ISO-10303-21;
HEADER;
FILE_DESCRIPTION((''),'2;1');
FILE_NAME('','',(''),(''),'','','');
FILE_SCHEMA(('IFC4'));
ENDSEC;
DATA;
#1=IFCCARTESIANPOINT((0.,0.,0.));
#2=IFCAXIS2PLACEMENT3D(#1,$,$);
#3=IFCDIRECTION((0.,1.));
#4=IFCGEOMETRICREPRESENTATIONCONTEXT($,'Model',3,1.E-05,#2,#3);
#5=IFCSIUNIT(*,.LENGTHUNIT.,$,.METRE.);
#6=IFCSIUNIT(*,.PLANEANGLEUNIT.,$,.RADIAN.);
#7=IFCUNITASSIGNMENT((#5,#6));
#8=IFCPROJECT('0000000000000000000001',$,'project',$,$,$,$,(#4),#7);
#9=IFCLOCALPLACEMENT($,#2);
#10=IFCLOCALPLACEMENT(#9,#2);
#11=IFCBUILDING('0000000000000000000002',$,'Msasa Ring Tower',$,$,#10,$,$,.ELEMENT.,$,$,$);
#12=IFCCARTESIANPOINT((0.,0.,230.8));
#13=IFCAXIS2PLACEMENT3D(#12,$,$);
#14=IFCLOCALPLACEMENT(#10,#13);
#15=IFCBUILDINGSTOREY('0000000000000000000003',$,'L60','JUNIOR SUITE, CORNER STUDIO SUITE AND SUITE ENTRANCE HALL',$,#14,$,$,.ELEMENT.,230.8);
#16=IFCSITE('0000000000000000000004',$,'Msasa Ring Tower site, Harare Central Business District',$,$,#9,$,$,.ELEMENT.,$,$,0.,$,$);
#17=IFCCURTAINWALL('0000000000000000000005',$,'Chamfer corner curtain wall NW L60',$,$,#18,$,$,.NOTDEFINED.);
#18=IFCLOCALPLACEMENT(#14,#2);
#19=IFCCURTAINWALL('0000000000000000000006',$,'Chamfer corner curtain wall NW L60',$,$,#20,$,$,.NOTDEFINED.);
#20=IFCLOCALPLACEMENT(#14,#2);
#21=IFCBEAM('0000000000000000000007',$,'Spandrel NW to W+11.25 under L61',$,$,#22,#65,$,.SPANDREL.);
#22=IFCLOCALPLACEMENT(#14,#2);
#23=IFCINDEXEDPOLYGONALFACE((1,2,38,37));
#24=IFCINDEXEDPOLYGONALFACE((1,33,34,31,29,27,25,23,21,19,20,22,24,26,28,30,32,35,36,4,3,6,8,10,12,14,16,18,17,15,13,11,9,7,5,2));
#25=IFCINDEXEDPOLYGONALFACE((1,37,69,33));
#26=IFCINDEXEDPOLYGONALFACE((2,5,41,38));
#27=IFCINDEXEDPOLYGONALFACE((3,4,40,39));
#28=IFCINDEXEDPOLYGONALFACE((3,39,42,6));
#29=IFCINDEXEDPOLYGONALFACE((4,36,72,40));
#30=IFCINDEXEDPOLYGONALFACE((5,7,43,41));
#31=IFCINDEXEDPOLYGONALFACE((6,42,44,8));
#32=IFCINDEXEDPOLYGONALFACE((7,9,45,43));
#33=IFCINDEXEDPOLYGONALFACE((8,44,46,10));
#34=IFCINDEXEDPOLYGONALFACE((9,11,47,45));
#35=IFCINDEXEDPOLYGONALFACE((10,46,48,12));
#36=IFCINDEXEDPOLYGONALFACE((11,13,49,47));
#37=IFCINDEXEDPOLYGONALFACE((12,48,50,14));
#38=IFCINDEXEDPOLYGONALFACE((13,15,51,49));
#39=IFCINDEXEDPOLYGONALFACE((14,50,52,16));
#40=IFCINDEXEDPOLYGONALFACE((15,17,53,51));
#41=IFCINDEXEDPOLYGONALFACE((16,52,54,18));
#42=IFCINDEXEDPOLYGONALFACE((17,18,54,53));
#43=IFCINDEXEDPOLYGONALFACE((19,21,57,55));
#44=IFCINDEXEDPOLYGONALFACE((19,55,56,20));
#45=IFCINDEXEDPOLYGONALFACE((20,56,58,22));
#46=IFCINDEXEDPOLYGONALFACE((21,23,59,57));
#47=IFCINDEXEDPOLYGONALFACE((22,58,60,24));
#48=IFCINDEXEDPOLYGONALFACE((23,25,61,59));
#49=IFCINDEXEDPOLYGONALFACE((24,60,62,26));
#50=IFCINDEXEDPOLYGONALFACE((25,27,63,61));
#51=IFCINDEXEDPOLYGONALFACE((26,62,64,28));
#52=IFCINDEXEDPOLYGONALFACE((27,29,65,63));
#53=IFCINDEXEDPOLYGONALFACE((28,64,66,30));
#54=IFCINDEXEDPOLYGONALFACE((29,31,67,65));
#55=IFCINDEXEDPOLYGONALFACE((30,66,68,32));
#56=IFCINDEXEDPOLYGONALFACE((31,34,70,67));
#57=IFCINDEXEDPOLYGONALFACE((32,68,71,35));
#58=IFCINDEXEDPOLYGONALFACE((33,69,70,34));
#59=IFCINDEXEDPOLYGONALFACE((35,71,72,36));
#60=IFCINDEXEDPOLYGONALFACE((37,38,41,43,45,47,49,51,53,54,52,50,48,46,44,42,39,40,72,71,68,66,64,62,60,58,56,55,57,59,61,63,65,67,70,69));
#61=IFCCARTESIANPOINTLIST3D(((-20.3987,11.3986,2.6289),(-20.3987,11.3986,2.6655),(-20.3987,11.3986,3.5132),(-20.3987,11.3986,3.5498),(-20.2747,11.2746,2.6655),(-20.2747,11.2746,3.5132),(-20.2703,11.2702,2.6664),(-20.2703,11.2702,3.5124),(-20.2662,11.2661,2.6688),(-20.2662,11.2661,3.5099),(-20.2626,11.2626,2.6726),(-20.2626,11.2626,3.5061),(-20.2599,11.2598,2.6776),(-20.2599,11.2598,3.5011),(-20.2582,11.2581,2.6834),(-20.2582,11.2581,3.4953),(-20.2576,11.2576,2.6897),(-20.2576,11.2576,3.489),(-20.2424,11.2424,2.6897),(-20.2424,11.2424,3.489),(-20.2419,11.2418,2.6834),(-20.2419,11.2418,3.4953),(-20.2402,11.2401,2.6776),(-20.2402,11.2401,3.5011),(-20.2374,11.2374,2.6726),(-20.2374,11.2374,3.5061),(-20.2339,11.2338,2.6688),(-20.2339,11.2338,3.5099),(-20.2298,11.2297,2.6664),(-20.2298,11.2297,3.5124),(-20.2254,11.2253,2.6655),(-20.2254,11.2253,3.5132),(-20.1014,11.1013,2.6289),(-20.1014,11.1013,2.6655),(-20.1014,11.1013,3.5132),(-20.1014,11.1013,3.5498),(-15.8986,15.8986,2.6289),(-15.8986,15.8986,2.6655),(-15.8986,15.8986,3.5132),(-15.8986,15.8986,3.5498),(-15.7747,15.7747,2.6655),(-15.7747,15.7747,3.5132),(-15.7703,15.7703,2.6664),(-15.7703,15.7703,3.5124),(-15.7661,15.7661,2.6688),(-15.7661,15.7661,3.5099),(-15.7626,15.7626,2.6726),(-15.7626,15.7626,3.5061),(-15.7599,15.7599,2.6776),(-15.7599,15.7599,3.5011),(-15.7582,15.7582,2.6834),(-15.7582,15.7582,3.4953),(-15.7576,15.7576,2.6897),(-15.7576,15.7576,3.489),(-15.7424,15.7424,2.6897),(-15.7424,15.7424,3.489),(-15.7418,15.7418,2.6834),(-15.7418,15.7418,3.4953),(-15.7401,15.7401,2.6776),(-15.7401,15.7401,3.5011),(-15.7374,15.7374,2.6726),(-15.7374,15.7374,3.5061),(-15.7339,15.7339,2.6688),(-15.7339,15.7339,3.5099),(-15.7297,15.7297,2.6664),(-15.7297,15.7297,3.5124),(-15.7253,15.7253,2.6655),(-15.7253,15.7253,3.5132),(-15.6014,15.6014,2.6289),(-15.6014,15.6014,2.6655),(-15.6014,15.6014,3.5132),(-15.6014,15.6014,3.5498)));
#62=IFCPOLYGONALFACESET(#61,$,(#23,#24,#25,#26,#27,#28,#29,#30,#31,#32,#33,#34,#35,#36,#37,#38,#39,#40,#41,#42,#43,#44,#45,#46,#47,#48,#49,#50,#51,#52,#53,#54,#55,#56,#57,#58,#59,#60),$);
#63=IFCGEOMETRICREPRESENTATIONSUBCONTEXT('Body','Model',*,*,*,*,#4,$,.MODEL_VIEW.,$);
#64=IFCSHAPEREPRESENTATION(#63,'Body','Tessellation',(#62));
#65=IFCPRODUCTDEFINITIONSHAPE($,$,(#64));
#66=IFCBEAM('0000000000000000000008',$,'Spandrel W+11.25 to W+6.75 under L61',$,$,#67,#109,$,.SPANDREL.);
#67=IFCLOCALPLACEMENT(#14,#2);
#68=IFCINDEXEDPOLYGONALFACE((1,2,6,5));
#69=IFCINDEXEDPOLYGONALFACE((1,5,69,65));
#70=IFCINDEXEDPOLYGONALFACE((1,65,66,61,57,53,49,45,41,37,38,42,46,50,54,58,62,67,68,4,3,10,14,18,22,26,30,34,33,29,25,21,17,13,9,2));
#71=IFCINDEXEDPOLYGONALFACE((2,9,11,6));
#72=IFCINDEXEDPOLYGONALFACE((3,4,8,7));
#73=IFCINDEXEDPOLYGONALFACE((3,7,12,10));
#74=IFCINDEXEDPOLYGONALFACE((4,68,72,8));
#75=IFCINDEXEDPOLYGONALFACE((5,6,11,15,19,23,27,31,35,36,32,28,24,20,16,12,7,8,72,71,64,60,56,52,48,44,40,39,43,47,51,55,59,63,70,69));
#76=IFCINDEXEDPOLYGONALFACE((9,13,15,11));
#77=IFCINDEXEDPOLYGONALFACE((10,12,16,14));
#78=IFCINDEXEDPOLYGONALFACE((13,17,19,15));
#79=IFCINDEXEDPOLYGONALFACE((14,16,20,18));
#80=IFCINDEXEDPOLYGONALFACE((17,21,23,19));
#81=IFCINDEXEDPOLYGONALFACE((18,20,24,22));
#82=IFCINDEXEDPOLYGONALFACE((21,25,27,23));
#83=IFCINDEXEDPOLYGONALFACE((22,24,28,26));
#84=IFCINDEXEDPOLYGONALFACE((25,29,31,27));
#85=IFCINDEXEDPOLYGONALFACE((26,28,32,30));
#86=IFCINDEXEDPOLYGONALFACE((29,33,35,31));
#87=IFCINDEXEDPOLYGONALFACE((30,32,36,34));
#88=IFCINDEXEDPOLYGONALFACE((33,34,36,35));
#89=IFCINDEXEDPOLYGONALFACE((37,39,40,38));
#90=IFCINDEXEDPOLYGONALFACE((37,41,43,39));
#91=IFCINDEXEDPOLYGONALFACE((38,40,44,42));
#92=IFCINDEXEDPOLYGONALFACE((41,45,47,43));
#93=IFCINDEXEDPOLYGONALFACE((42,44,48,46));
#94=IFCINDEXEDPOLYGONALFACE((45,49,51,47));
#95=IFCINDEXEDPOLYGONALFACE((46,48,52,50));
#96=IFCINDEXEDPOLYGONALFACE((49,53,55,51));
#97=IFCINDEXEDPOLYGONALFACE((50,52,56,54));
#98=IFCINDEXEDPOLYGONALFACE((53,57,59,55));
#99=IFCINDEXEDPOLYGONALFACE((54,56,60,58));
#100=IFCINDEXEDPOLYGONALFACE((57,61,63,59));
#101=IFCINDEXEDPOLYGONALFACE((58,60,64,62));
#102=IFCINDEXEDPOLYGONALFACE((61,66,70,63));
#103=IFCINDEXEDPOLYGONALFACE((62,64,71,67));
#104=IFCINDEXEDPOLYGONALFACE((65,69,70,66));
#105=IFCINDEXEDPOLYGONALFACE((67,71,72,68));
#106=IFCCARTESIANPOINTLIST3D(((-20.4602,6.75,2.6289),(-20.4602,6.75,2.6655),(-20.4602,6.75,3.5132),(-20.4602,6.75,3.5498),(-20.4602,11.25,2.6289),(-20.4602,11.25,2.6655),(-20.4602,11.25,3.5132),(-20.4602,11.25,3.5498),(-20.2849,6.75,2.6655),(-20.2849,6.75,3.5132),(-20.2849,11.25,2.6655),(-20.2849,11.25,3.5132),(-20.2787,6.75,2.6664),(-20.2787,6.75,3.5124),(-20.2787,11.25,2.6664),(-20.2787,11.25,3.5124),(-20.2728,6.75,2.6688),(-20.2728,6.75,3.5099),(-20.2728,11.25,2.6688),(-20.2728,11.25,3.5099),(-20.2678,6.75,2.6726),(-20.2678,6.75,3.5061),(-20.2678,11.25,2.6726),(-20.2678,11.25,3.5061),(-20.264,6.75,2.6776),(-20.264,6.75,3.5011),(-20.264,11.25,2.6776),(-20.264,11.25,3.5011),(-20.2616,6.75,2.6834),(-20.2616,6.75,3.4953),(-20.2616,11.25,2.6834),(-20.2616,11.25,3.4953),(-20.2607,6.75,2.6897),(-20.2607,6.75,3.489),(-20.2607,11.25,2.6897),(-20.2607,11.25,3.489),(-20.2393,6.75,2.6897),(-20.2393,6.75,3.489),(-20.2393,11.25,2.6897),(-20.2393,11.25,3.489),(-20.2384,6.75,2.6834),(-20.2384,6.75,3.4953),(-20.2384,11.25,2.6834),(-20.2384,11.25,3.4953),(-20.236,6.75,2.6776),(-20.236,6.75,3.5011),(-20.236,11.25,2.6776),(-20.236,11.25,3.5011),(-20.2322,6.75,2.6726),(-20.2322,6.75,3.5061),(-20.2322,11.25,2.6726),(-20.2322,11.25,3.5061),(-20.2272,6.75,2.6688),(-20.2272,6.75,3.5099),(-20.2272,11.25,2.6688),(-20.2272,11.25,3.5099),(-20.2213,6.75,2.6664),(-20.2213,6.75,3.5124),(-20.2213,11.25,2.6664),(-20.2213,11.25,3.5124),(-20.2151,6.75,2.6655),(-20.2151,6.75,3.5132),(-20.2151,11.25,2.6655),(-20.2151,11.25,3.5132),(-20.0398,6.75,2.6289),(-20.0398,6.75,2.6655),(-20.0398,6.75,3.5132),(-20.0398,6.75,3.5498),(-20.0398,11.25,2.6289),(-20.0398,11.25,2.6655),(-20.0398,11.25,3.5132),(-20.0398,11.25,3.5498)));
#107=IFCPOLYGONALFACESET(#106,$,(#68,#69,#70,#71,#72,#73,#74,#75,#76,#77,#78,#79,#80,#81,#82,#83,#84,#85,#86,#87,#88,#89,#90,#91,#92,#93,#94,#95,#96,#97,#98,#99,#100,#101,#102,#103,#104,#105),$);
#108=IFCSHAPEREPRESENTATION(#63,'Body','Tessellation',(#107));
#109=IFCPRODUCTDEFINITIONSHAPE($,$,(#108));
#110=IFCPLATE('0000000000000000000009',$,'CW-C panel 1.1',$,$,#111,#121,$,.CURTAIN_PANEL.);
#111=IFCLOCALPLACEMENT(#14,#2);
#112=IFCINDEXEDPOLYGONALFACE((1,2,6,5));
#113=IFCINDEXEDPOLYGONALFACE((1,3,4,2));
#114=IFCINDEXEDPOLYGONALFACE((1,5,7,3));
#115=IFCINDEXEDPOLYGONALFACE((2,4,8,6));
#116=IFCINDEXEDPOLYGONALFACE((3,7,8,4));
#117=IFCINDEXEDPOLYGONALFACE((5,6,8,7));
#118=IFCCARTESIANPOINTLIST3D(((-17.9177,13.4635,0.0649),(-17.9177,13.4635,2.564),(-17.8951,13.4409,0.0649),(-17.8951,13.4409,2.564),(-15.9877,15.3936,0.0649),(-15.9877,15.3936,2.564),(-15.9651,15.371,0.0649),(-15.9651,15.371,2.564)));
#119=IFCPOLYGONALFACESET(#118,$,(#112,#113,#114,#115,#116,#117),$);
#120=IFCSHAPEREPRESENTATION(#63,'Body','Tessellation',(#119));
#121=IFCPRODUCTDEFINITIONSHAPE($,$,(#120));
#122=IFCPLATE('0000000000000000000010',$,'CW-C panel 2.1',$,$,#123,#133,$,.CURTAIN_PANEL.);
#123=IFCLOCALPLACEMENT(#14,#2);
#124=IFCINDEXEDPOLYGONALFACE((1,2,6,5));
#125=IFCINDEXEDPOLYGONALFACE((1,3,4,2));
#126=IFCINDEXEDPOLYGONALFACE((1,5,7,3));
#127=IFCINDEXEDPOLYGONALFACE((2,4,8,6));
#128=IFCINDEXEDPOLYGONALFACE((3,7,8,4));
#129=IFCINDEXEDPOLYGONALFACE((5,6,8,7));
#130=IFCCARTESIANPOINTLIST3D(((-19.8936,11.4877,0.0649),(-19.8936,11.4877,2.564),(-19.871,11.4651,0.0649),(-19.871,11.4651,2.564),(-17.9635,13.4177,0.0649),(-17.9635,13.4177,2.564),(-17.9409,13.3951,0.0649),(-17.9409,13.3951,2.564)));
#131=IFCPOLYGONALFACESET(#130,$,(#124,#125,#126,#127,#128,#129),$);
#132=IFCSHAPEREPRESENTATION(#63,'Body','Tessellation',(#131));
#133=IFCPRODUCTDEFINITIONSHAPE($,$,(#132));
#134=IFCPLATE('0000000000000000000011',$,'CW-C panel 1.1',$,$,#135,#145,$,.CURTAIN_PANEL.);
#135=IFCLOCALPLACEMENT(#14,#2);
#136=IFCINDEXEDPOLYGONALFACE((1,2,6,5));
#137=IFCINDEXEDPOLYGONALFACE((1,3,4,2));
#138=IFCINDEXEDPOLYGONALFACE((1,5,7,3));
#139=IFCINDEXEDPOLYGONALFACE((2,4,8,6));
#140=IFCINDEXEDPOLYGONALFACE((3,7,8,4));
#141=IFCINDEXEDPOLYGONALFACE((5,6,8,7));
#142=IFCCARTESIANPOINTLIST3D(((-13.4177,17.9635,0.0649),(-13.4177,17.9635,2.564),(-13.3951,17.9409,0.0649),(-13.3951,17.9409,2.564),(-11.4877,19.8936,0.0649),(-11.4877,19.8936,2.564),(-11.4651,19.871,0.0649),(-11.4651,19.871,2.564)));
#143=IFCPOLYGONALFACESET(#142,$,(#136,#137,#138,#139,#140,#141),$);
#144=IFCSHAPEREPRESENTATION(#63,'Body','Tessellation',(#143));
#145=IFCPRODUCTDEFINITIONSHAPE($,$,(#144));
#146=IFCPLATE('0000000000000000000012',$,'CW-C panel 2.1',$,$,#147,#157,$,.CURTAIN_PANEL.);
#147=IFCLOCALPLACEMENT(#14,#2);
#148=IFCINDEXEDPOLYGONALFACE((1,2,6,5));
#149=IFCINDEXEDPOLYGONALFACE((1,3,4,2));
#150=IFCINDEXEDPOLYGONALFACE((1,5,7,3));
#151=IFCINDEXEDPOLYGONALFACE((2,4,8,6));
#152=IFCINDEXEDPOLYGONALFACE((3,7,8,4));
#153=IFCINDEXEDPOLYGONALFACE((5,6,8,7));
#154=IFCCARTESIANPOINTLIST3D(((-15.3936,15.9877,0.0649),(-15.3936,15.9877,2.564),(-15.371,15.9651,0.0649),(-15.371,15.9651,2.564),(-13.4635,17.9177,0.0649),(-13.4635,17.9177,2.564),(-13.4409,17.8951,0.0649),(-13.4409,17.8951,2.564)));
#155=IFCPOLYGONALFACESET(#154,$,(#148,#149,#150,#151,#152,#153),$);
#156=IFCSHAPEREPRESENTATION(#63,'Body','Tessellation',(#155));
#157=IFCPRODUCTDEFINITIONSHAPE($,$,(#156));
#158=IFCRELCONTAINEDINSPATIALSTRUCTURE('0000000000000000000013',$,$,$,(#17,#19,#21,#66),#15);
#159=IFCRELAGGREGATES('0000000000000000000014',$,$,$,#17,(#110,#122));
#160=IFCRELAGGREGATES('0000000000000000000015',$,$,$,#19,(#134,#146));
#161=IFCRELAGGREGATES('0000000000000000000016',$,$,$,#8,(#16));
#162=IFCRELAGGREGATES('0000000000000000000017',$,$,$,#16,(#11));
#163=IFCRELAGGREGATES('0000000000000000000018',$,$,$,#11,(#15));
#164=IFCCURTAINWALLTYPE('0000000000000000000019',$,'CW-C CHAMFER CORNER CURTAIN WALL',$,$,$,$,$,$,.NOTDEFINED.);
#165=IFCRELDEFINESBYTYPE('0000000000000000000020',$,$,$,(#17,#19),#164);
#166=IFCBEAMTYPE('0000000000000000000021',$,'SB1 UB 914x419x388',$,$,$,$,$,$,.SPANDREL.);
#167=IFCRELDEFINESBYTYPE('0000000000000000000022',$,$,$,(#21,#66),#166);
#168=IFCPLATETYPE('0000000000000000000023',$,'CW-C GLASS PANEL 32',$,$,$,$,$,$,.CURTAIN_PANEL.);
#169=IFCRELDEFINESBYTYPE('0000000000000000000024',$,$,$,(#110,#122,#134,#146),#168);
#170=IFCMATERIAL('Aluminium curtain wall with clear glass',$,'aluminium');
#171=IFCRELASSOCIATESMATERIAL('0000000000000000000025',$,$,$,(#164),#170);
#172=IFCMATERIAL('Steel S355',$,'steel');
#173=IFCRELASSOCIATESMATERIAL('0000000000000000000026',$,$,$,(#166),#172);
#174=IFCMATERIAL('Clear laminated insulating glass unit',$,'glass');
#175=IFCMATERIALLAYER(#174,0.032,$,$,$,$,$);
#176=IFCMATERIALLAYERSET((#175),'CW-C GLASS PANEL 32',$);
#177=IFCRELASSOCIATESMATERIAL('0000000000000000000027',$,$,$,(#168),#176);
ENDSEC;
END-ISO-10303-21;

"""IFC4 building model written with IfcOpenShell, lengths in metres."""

from ifc_helpers import new_model, si_unit, direction, frame, origin, origin_2d, place, context, subcontext, project, spatial, rectangle, i_section, extrude, material, layer, layer_set, material_profile, profile_set, type_object, element, aggregate, save


model = new_model("IFC4")

# Units and contexts
model_context = context("Model", 3, precision=1e-05, world=origin(), true_north=direction((0.0, 1.0)))
body_context = subcontext(model_context, "Body", "Model", "MODEL_VIEW")
ifc_project = project(units=[si_unit("LENGTHUNIT", "METRE"), si_unit("PLANEANGLEUNIT", "RADIAN")], contexts=[model_context])

# Site, building, storey
site_placement = place(None, origin())
site = spatial("IfcSite", under=ifc_project, at=site_placement, Name="Msasa Ring Tower site, Harare Central Business District", CompositionType="ELEMENT", RefElevation=0.0)
building_placement = place(site_placement, origin())
building = spatial("IfcBuilding", under=site, at=building_placement, Name="Msasa Ring Tower", CompositionType="ELEMENT")
storey_placement = place(building_placement, frame((0.0, 0.0, 230.8)))
storey = spatial("IfcBuildingStorey", under=building, at=storey_placement, Name="L60", Description="JUNIOR SUITE, CORNER STUDIO SUITE AND SUITE ENTRANCE HALL", CompositionType="ELEMENT", Elevation=230.8)

# Curtain walls
ifc_material_1 = material(Name="Aluminium curtain wall with clear glass", Category="aluminium")
curtain_wall_type = type_object("IfcCurtainWallType", Name="CW-C CHAMFER CORNER CURTAIN WALL", PredefinedType="NOTDEFINED", material=ifc_material_1)
curtain_wall_1_placement = place(storey_placement, origin())
curtain_wall_1 = element("IfcCurtainWall", 1, at=curtain_wall_1_placement, inside=storey, type_object=curtain_wall_type, Name="Chamfer corner curtain wall NW L60", PredefinedType="NOTDEFINED")
curtain_wall_2_placement = place(storey_placement, origin())
curtain_wall_2 = element("IfcCurtainWall", 2, at=curtain_wall_2_placement, inside=storey, type_object=curtain_wall_type, Name="Chamfer corner curtain wall NW L60", PredefinedType="NOTDEFINED")

# Beams
ifc_material_2 = material(Name="Steel S355", Category="steel")
ifc_material_profile_1 = material_profile(ifc_material_2, i_section(OverallWidth=0.4204, OverallDepth=0.9209, WebThickness=0.0215, FlangeThickness=0.0366, FilletRadius=0.0242, at=origin_2d()), Name="UB 914x419x388")
ifc_profile_set_1 = profile_set([ifc_material_profile_1], Name="Steel S355")
beam_type = type_object("IfcBeamType", Name="SB1 UB 914x419x388", PredefinedType="SPANDREL", material=ifc_profile_set_1)
beam_1_placement = place(storey_placement, frame((-15.75, 15.75, 3.0894), z_axis=(-0.707107, -0.707107, 0.0), x_axis=(0.707107, -0.707107, 0.0)))
element("IfcBeam", 3, at=beam_1_placement, inside=storey, type_object=beam_type, Name="Spandrel NW to W+11.25 under L61", PredefinedType="SPANDREL", context=body_context, shape_type="SweptSolid", body=[
    extrude(i_section(OverallWidth=0.4204, OverallDepth=0.9209, WebThickness=0.0215, FlangeThickness=0.0366, FilletRadius=0.0242, at=origin_2d()), origin(), (0.0, 0.0, 1.0), 6.364),
])
beam_2_placement = place(storey_placement, frame((-20.25, 11.25, 3.0894), z_axis=(0.0, -1.0, 0.0), x_axis=(1.0, 0.0, 0.0)))
element("IfcBeam", 4, at=beam_2_placement, inside=storey, type_object=beam_type, Name="Spandrel W+11.25 to W+6.75 under L61", PredefinedType="SPANDREL", context=body_context, shape_type="SweptSolid", body=[
    extrude(i_section(OverallWidth=0.4204, OverallDepth=0.9209, WebThickness=0.0215, FlangeThickness=0.0366, FilletRadius=0.0242, at=origin_2d()), origin(), (0.0, 0.0, 1.0), 4.5),
])

# Plates
ifc_material_3 = material(Name="Clear laminated insulating glass unit", Category="glass")
ifc_layer_1 = layer(ifc_material_3, 0.032)
ifc_layer_set_1 = layer_set([ifc_layer_1], Name="CW-C GLASS PANEL 32")
plate_type = type_object("IfcPlateType", Name="CW-C GLASS PANEL 32", PredefinedType="CURTAIN_PANEL", material=ifc_layer_set_1)
plate_1_placement = place(storey_placement, frame((-16.9414, 14.4172, 0.0649), z_axis=(0.0, 0.0, 1.0), x_axis=(-0.707107, -0.707107, 0.0)))
plate_1 = element("IfcPlate", 5, at=plate_1_placement, type_object=plate_type, Name="CW-C panel 1.1", PredefinedType="CURTAIN_PANEL", context=body_context, shape_type="SweptSolid", body=[
    extrude(rectangle(XDim=2.7295, YDim=0.032, at=origin_2d()), origin(), (0.0, 0.0, 1.0), 2.499),
])
plate_2_placement = place(storey_placement, frame((-18.9172, 12.4414, 0.0649), z_axis=(0.0, 0.0, 1.0), x_axis=(-0.707107, -0.707107, 0.0)))
plate_2 = element("IfcPlate", 6, at=plate_2_placement, type_object=plate_type, Name="CW-C panel 2.1", PredefinedType="CURTAIN_PANEL", context=body_context, shape_type="SweptSolid", body=[
    extrude(rectangle(XDim=2.7295, YDim=0.032, at=origin_2d()), origin(), (0.0, 0.0, 1.0), 2.499),
])
aggregate(curtain_wall_1, [plate_1, plate_2])
plate_3_placement = place(storey_placement, frame((-12.4414, 18.9172, 0.0649), z_axis=(0.0, 0.0, 1.0), x_axis=(-0.707107, -0.707107, 0.0)))
plate_3 = element("IfcPlate", 7, at=plate_3_placement, type_object=plate_type, Name="CW-C panel 1.1", PredefinedType="CURTAIN_PANEL", context=body_context, shape_type="SweptSolid", body=[
    extrude(rectangle(XDim=2.7295, YDim=0.032, at=origin_2d()), origin(), (0.0, 0.0, 1.0), 2.499),
])
plate_4_placement = place(storey_placement, frame((-14.4172, 16.9414, 0.0649), z_axis=(0.0, 0.0, 1.0), x_axis=(-0.707107, -0.707107, 0.0)))
plate_4 = element("IfcPlate", 8, at=plate_4_placement, type_object=plate_type, Name="CW-C panel 2.1", PredefinedType="CURTAIN_PANEL", context=body_context, shape_type="SweptSolid", body=[
    extrude(rectangle(XDim=2.7295, YDim=0.032, at=origin_2d()), origin(), (0.0, 0.0, 1.0), 2.499),
])
aggregate(curtain_wall_2, [plate_3, plate_4])

save(model, "model.ifc")
